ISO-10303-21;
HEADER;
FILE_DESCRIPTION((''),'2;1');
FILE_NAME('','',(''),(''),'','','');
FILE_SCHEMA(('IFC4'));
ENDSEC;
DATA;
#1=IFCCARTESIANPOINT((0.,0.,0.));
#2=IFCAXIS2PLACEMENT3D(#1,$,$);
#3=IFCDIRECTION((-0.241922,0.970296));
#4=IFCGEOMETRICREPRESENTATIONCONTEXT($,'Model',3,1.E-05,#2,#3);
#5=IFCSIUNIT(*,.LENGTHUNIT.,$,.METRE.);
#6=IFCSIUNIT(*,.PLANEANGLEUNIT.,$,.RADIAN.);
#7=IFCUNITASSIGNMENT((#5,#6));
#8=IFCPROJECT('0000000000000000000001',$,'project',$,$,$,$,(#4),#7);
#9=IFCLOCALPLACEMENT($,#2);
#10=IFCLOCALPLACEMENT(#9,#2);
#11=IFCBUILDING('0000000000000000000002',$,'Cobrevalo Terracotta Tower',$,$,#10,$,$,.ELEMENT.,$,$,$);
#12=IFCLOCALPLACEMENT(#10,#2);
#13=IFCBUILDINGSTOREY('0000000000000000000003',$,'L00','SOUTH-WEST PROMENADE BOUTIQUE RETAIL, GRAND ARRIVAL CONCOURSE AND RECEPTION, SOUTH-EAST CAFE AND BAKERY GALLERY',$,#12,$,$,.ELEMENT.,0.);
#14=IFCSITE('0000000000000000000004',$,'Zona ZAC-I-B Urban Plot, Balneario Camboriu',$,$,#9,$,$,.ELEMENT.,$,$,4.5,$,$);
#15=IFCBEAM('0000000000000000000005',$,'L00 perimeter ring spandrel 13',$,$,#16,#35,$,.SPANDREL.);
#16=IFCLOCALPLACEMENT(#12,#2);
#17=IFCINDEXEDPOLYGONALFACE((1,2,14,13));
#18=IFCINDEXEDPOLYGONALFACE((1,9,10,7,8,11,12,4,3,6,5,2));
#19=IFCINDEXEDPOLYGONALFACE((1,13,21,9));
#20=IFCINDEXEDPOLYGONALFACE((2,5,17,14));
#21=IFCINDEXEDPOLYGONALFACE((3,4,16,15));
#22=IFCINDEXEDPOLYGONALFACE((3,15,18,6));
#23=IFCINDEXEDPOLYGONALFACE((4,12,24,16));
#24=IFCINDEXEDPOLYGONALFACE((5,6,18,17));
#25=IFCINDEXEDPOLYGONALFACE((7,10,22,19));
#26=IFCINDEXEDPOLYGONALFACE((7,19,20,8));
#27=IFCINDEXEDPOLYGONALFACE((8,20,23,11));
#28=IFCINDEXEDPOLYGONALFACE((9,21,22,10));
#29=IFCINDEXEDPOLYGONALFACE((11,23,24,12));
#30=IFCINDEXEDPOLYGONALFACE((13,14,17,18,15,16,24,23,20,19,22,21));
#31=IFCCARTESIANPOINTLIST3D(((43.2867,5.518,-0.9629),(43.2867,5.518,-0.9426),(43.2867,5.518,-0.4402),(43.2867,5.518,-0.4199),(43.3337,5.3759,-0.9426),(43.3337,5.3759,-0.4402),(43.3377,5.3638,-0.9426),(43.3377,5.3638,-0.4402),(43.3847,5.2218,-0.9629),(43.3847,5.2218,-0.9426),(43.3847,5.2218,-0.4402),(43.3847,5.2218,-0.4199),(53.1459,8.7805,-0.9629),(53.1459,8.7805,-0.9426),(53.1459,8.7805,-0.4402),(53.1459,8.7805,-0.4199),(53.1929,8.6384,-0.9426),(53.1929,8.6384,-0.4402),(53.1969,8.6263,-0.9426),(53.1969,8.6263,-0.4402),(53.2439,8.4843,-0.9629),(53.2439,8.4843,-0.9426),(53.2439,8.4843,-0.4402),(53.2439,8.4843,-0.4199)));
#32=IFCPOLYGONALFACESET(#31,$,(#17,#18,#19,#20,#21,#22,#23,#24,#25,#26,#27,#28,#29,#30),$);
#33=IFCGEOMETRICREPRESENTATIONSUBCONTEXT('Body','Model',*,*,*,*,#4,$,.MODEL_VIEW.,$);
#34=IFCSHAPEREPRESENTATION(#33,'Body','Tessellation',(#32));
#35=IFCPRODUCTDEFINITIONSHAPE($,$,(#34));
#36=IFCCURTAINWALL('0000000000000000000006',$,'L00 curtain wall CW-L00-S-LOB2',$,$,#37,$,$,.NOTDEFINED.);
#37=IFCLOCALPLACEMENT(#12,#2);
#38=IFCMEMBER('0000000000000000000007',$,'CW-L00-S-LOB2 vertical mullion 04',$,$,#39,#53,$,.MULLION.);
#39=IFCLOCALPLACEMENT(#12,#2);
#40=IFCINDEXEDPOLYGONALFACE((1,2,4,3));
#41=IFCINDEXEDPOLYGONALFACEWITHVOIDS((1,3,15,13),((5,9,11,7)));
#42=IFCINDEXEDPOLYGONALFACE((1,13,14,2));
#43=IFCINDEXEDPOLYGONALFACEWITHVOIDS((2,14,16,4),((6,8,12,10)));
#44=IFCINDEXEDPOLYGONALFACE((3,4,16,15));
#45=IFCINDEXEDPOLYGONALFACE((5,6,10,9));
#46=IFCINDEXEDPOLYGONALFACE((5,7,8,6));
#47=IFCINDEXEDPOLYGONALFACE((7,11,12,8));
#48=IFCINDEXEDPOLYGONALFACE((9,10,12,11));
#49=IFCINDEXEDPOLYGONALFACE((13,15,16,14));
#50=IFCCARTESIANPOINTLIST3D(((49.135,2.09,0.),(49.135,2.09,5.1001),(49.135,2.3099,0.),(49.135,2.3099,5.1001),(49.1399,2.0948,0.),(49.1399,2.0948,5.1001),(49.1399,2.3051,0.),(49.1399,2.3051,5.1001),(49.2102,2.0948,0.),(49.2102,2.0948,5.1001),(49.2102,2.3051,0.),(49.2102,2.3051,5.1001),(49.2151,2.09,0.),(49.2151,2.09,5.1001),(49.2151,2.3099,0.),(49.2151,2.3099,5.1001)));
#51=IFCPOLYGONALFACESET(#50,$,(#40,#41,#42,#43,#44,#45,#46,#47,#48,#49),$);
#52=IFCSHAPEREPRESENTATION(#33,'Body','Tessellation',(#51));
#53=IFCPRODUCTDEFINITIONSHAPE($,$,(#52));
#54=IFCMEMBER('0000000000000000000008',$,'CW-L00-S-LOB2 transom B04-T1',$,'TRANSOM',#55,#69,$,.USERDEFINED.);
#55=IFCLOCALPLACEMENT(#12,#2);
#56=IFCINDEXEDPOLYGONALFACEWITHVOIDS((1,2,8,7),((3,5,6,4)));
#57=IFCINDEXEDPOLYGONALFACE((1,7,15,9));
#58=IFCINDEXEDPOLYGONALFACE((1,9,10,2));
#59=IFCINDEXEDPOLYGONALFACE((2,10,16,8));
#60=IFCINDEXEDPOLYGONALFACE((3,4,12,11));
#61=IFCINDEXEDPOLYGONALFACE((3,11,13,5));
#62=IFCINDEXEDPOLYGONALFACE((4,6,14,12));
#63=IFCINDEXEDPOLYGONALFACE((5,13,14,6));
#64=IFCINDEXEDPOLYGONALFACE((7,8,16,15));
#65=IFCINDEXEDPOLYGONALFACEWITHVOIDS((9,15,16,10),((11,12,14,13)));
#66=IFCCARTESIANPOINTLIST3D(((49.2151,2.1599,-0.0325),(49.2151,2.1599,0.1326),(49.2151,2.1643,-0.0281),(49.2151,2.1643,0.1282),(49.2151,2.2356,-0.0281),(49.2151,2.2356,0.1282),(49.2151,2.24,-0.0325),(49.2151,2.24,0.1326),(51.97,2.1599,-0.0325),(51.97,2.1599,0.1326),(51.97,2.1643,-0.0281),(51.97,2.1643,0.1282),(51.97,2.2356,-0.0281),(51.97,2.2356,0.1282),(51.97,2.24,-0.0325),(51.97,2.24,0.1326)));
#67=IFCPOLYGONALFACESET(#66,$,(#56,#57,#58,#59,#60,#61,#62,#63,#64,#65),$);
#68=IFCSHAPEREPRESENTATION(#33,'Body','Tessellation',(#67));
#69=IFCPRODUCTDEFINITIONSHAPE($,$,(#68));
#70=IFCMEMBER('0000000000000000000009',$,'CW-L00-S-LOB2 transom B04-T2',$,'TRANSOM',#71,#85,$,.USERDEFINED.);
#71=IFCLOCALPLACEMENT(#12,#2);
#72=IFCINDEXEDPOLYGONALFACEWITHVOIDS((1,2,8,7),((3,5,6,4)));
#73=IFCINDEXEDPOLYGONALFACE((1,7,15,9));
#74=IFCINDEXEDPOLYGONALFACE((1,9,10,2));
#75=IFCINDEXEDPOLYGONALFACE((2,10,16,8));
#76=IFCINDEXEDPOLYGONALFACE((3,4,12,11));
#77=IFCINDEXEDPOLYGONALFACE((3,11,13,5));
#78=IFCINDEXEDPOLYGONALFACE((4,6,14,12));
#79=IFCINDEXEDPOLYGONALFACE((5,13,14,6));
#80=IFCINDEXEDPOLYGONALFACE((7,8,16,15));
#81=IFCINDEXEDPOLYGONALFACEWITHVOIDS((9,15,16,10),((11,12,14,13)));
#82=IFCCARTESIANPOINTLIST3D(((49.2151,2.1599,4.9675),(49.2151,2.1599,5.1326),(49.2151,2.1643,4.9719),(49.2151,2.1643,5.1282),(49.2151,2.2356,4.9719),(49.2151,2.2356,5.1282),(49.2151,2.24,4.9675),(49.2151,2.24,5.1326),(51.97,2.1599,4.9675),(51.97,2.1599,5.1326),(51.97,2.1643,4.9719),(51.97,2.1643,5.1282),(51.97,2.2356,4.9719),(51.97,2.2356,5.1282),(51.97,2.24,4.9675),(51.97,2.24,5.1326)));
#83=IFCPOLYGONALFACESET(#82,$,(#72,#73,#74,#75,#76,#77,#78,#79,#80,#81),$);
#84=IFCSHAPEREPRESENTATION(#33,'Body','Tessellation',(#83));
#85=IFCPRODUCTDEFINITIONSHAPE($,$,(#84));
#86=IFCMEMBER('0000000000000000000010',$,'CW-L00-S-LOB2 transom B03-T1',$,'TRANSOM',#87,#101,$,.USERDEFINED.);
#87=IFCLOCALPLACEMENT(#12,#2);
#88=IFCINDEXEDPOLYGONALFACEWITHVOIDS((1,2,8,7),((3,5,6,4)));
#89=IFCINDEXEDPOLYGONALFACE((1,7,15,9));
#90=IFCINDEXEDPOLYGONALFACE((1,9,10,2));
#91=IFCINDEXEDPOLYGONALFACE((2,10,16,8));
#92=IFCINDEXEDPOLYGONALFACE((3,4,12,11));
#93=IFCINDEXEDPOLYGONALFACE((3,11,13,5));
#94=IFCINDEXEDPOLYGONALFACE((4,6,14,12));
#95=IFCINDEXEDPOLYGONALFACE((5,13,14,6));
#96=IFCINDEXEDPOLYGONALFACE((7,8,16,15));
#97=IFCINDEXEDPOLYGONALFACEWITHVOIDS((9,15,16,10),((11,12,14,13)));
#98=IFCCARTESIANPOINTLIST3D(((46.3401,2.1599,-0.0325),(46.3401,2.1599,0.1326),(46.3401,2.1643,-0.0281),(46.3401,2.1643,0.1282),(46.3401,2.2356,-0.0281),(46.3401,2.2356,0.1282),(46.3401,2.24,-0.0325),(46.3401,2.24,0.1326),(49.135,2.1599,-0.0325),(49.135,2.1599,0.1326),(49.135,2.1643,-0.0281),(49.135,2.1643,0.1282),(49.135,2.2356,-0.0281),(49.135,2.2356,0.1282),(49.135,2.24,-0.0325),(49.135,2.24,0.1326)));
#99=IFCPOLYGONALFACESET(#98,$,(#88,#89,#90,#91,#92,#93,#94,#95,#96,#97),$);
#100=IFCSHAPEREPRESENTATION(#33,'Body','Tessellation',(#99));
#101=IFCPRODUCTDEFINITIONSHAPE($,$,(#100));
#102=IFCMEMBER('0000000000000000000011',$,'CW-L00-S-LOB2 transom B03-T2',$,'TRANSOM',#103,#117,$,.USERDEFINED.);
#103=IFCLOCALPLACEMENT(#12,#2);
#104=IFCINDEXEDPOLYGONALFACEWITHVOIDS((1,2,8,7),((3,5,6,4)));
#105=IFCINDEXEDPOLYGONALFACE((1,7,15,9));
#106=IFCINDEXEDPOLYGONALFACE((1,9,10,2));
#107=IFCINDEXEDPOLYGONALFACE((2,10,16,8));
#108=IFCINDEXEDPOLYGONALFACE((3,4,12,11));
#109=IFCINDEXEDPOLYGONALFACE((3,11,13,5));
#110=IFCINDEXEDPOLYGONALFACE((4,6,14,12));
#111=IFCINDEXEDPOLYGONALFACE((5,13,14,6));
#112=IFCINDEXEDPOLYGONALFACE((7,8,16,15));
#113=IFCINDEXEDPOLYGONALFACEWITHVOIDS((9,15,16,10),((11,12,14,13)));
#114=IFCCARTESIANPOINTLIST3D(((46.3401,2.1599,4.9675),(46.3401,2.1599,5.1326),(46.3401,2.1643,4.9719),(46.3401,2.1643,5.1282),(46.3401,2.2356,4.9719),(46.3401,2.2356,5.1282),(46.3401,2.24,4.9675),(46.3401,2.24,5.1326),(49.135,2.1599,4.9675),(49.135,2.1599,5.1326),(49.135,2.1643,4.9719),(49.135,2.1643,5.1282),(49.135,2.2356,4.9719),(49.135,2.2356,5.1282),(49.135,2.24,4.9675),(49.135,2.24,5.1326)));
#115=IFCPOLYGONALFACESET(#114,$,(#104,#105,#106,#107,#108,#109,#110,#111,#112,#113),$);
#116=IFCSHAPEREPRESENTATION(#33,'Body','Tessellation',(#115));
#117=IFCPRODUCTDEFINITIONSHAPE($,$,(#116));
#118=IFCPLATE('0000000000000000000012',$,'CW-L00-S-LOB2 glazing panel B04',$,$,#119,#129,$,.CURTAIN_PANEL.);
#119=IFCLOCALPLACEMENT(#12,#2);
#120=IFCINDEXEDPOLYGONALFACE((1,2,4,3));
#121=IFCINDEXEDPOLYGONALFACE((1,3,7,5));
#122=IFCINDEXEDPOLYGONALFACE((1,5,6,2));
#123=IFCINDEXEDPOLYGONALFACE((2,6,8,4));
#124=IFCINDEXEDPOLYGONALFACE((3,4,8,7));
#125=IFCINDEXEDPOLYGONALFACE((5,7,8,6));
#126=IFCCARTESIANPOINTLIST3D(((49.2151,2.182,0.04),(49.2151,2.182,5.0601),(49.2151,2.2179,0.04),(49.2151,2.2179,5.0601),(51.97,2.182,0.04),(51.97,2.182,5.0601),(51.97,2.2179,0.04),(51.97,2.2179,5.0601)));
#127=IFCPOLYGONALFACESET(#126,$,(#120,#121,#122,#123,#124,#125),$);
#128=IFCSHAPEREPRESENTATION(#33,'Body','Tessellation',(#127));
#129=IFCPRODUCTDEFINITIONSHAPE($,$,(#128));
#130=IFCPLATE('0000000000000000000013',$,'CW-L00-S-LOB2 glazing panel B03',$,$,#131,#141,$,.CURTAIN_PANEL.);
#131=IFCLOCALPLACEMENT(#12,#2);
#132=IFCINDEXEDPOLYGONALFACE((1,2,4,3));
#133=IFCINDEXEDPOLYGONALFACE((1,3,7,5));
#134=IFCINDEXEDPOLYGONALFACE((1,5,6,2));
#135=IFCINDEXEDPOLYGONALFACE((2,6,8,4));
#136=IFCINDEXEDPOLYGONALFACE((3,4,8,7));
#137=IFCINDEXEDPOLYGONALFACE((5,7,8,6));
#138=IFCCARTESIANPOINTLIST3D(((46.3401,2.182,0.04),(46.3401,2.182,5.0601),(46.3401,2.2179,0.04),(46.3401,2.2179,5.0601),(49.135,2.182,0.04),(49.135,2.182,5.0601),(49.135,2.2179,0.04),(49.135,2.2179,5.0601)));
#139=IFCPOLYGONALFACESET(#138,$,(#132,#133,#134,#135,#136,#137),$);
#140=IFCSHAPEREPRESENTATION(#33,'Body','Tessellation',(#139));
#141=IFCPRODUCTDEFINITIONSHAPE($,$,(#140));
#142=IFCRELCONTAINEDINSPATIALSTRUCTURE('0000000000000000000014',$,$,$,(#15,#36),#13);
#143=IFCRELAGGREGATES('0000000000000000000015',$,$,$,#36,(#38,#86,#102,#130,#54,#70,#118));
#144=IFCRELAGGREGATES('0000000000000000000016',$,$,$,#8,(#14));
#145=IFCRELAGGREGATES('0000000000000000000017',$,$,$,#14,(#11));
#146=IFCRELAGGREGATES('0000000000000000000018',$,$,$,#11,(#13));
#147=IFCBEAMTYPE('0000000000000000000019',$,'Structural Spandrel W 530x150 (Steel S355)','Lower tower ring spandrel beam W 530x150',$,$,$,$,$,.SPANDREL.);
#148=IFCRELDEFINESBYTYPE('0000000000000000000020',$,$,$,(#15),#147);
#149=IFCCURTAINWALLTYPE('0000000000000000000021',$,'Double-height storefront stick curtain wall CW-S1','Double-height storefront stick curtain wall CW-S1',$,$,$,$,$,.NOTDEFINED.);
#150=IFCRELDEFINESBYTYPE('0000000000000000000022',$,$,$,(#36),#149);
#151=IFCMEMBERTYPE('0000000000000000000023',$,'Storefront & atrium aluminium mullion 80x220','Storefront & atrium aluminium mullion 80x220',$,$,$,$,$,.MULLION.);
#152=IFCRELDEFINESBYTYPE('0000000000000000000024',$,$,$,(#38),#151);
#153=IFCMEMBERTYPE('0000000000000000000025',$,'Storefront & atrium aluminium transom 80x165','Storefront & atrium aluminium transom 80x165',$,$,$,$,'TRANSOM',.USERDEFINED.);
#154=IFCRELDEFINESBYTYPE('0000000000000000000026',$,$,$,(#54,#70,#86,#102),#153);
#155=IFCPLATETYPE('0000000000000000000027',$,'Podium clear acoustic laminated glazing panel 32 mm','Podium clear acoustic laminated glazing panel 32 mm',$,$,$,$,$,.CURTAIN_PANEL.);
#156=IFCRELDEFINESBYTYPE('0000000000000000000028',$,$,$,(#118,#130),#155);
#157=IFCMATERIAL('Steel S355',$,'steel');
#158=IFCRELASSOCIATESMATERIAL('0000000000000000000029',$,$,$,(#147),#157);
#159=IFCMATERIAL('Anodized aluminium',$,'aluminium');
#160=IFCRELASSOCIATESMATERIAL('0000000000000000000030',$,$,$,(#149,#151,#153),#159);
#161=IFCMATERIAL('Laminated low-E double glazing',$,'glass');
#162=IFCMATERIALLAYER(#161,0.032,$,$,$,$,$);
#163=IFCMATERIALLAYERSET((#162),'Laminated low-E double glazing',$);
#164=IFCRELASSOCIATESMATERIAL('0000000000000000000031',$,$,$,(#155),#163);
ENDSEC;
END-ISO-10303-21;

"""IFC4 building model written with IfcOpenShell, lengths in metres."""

from ifc_helpers import new_model, si_unit, direction, frame, origin, origin_2d, place, context, subcontext, project, spatial, rectangle, hollow_rectangle, i_section, extrude, source, transform, mapped, material, layer, layer_set, material_profile, profile_set, type_object, element, aggregate, save


model = new_model("IFC4")

# Units and contexts
model_context = context("Model", 3, precision=1e-05, world=origin(), true_north=direction((-0.241922, 0.970296)))
body_context = subcontext(model_context, "Body", "Model", "MODEL_VIEW")
ifc_project = project(units=[si_unit("LENGTHUNIT", "METRE"), si_unit("PLANEANGLEUNIT", "RADIAN")], contexts=[model_context])

# Site, building, storey
site_placement = place(None, origin())
site = spatial("IfcSite", under=ifc_project, at=site_placement, Name="Zona ZAC-I-B Urban Plot, Balneario Camboriu", CompositionType="ELEMENT", RefElevation=4.5)
building_placement = place(site_placement, origin())
building = spatial("IfcBuilding", under=site, at=building_placement, Name="Cobrevalo Terracotta Tower", CompositionType="ELEMENT")
storey_placement = place(building_placement, origin())
storey = spatial("IfcBuildingStorey", under=building, at=storey_placement, Name="L00", Description="SOUTH-WEST PROMENADE BOUTIQUE RETAIL, GRAND ARRIVAL CONCOURSE AND RECEPTION, SOUTH-EAST CAFE AND BAKERY GALLERY", CompositionType="ELEMENT", Elevation=0.0)

# Shared definitions
ifc_material_1 = material(Name="Steel S355", Category="steel")

# Beam
ifc_material_profile_1 = material_profile(ifc_material_1, i_section(OverallWidth=0.312, OverallDepth=0.543, WebThickness=0.0127, FlangeThickness=0.0203, at=origin_2d()), Name="W 530x150")
ifc_profile_set_1 = profile_set([ifc_material_profile_1], Name="Steel S355")
beam_type_1 = type_object("IfcBeamType", Name="Structural Spandrel W 530x150 (Steel S355)", Description="Lower tower ring spandrel beam W 530x150", PredefinedType="SPANDREL", material=ifc_profile_set_1)
beam_1_placement = place(storey_placement, frame((43.3357, 5.3699, -0.6914), z_axis=(0.949372, 0.314153, 0.0), x_axis=(-0.314153, 0.949372, 0.0)))
element("IfcBeam", 1, at=beam_1_placement, inside=storey, type_object=beam_type_1, Name="L00 perimeter ring spandrel 13", PredefinedType="SPANDREL", context=body_context, shape_type="SweptSolid", body=[
    extrude(i_section(OverallWidth=0.312, OverallDepth=0.543, WebThickness=0.0127, FlangeThickness=0.0203, at=origin_2d()), origin(), (0.0, 0.0, 1.0), 10.385),
])

# Curtain wall, members, plates
ifc_material_2 = material(Name="Anodized aluminium", Category="aluminium")
curtain_wall_type = type_object("IfcCurtainWallType", Name="Double-height storefront stick curtain wall CW-S1", Description="Double-height storefront stick curtain wall CW-S1", PredefinedType="NOTDEFINED", material=ifc_material_2)
curtain_wall_placement = place(storey_placement, origin())
curtain_wall = element("IfcCurtainWall", 2, at=curtain_wall_placement, inside=storey, type_object=curtain_wall_type, Name="L00 curtain wall CW-L00-S-LOB2", PredefinedType="NOTDEFINED")
ifc_material_profile_2 = material_profile(ifc_material_2, hollow_rectangle(XDim=0.0801, YDim=0.22, WallThickness=0.0049, at=origin_2d()), Name="CWM 80x220")
ifc_profile_set_2 = profile_set([ifc_material_profile_2], Name="Anodized aluminium")
member_type_1 = type_object("IfcMemberType", Name="Storefront & atrium aluminium mullion 80x220", Description="Storefront & atrium aluminium mullion 80x220", PredefinedType="MULLION", material=ifc_profile_set_2)
shared_shape_1 = source(origin(), body_context, "Body", "SweptSolid", [
    extrude(hollow_rectangle(XDim=0.0801, YDim=0.22, WallThickness=0.0049, at=origin_2d()), origin(), (0.0, 0.0, 1.0), 5.1001),
])
member_1_placement = place(storey_placement, frame((49.175, 2.2, 0.0), z_axis=(0.0, 0.0, 1.0), x_axis=(1.0, 0.0, 0.0)))
member_1 = element("IfcMember", 3, at=member_1_placement, type_object=member_type_1, Name="CW-L00-S-LOB2 vertical mullion 04", PredefinedType="MULLION", context=body_context, shape_type="MappedRepresentation", body=[
    mapped(shared_shape_1, transform((0.0, 0.0, 0.0), scale=1.0)),
])
ifc_material_profile_3 = material_profile(ifc_material_2, hollow_rectangle(XDim=0.0801, YDim=0.165, WallThickness=0.0044, at=origin_2d()), Name="CWT 80x165")
ifc_profile_set_3 = profile_set([ifc_material_profile_3], Name="Anodized aluminium")
member_type_2 = type_object("IfcMemberType", Name="Storefront & atrium aluminium transom 80x165", Description="Storefront & atrium aluminium transom 80x165", ElementType="TRANSOM", PredefinedType="USERDEFINED", material=ifc_profile_set_3)
shared_shape_2 = source(origin(), body_context, "Body", "SweptSolid", [
    extrude(hollow_rectangle(XDim=0.0801, YDim=0.165, WallThickness=0.0044, at=origin_2d()), origin(), (0.0, 0.0, 1.0), 2.7549),
])
member_2_placement = place(storey_placement, frame((49.2151, 2.2, 0.05), z_axis=(1.0, 0.0, 0.0), x_axis=(0.0, 1.0, 0.0)))
member_2 = element("IfcMember", 4, at=member_2_placement, type_object=member_type_2, Name="CW-L00-S-LOB2 transom B04-T1", ObjectType="TRANSOM", PredefinedType="USERDEFINED", context=body_context, shape_type="MappedRepresentation", body=[
    mapped(shared_shape_2, transform((0.0, 0.0, 0.0), scale=1.0)),
])
member_3_placement = place(storey_placement, frame((49.2151, 2.2, 5.05), z_axis=(1.0, 0.0, 0.0), x_axis=(0.0, 1.0, 0.0)))
member_3 = element("IfcMember", 5, at=member_3_placement, type_object=member_type_2, Name="CW-L00-S-LOB2 transom B04-T2", ObjectType="TRANSOM", PredefinedType="USERDEFINED", context=body_context, shape_type="MappedRepresentation", body=[
    mapped(shared_shape_2, transform((0.0, 0.0, 0.0), scale=1.0)),
])
shared_shape_3 = source(origin(), body_context, "Body", "SweptSolid", [
    extrude(hollow_rectangle(XDim=0.0801, YDim=0.165, WallThickness=0.0044, at=origin_2d()), origin(), (0.0, 0.0, 1.0), 2.7949),
])
member_4_placement = place(storey_placement, frame((46.3401, 2.2, 0.05), z_axis=(1.0, 0.0, 0.0), x_axis=(0.0, 1.0, 0.0)))
member_4 = element("IfcMember", 6, at=member_4_placement, type_object=member_type_2, Name="CW-L00-S-LOB2 transom B03-T1", ObjectType="TRANSOM", PredefinedType="USERDEFINED", context=body_context, shape_type="MappedRepresentation", body=[
    mapped(shared_shape_3, transform((0.0, 0.0, 0.0), scale=1.0)),
])
member_5_placement = place(storey_placement, frame((46.3401, 2.2, 5.05), z_axis=(1.0, 0.0, 0.0), x_axis=(0.0, 1.0, 0.0)))
member_5 = element("IfcMember", 7, at=member_5_placement, type_object=member_type_2, Name="CW-L00-S-LOB2 transom B03-T2", ObjectType="TRANSOM", PredefinedType="USERDEFINED", context=body_context, shape_type="MappedRepresentation", body=[
    mapped(shared_shape_3, transform((0.0, 0.0, 0.0), scale=1.0)),
])
ifc_material_3 = material(Name="Laminated low-E double glazing", Category="glass")
ifc_layer_1 = layer(ifc_material_3, 0.032)
ifc_layer_set_1 = layer_set([ifc_layer_1], Name="Laminated low-E double glazing")
plate_type = type_object("IfcPlateType", Name="Podium clear acoustic laminated glazing panel 32 mm", Description="Podium clear acoustic laminated glazing panel 32 mm", PredefinedType="CURTAIN_PANEL", material=ifc_layer_set_1)
shared_shape_4 = source(origin(), body_context, "Body", "SweptSolid", [
    extrude(rectangle(XDim=2.7549, YDim=0.0359, at=origin_2d()), origin(), (0.0, 0.0, 1.0), 5.02),
])
plate_1_placement = place(storey_placement, frame((50.5925, 2.2, 0.04), z_axis=(0.0, 0.0, 1.0), x_axis=(1.0, 0.0, 0.0)))
plate_1 = element("IfcPlate", 8, at=plate_1_placement, type_object=plate_type, Name="CW-L00-S-LOB2 glazing panel B04", PredefinedType="CURTAIN_PANEL", context=body_context, shape_type="MappedRepresentation", body=[
    mapped(shared_shape_4, transform((0.0, 0.0, 0.0), scale=1.0)),
])
shared_shape_5 = source(origin(), body_context, "Body", "SweptSolid", [
    extrude(rectangle(XDim=2.7949, YDim=0.0359, at=origin_2d()), origin(), (0.0, 0.0, 1.0), 5.02),
])
plate_2_placement = place(storey_placement, frame((47.7375, 2.2, 0.04), z_axis=(0.0, 0.0, 1.0), x_axis=(1.0, 0.0, 0.0)))
plate_2 = element("IfcPlate", 9, at=plate_2_placement, type_object=plate_type, Name="CW-L00-S-LOB2 glazing panel B03", PredefinedType="CURTAIN_PANEL", context=body_context, shape_type="MappedRepresentation", body=[
    mapped(shared_shape_5, transform((0.0, 0.0, 0.0), scale=1.0)),
])
aggregate(curtain_wall, [member_1, member_4, member_5, plate_2, member_2, member_3, plate_1])

save(model, "model.ifc")
